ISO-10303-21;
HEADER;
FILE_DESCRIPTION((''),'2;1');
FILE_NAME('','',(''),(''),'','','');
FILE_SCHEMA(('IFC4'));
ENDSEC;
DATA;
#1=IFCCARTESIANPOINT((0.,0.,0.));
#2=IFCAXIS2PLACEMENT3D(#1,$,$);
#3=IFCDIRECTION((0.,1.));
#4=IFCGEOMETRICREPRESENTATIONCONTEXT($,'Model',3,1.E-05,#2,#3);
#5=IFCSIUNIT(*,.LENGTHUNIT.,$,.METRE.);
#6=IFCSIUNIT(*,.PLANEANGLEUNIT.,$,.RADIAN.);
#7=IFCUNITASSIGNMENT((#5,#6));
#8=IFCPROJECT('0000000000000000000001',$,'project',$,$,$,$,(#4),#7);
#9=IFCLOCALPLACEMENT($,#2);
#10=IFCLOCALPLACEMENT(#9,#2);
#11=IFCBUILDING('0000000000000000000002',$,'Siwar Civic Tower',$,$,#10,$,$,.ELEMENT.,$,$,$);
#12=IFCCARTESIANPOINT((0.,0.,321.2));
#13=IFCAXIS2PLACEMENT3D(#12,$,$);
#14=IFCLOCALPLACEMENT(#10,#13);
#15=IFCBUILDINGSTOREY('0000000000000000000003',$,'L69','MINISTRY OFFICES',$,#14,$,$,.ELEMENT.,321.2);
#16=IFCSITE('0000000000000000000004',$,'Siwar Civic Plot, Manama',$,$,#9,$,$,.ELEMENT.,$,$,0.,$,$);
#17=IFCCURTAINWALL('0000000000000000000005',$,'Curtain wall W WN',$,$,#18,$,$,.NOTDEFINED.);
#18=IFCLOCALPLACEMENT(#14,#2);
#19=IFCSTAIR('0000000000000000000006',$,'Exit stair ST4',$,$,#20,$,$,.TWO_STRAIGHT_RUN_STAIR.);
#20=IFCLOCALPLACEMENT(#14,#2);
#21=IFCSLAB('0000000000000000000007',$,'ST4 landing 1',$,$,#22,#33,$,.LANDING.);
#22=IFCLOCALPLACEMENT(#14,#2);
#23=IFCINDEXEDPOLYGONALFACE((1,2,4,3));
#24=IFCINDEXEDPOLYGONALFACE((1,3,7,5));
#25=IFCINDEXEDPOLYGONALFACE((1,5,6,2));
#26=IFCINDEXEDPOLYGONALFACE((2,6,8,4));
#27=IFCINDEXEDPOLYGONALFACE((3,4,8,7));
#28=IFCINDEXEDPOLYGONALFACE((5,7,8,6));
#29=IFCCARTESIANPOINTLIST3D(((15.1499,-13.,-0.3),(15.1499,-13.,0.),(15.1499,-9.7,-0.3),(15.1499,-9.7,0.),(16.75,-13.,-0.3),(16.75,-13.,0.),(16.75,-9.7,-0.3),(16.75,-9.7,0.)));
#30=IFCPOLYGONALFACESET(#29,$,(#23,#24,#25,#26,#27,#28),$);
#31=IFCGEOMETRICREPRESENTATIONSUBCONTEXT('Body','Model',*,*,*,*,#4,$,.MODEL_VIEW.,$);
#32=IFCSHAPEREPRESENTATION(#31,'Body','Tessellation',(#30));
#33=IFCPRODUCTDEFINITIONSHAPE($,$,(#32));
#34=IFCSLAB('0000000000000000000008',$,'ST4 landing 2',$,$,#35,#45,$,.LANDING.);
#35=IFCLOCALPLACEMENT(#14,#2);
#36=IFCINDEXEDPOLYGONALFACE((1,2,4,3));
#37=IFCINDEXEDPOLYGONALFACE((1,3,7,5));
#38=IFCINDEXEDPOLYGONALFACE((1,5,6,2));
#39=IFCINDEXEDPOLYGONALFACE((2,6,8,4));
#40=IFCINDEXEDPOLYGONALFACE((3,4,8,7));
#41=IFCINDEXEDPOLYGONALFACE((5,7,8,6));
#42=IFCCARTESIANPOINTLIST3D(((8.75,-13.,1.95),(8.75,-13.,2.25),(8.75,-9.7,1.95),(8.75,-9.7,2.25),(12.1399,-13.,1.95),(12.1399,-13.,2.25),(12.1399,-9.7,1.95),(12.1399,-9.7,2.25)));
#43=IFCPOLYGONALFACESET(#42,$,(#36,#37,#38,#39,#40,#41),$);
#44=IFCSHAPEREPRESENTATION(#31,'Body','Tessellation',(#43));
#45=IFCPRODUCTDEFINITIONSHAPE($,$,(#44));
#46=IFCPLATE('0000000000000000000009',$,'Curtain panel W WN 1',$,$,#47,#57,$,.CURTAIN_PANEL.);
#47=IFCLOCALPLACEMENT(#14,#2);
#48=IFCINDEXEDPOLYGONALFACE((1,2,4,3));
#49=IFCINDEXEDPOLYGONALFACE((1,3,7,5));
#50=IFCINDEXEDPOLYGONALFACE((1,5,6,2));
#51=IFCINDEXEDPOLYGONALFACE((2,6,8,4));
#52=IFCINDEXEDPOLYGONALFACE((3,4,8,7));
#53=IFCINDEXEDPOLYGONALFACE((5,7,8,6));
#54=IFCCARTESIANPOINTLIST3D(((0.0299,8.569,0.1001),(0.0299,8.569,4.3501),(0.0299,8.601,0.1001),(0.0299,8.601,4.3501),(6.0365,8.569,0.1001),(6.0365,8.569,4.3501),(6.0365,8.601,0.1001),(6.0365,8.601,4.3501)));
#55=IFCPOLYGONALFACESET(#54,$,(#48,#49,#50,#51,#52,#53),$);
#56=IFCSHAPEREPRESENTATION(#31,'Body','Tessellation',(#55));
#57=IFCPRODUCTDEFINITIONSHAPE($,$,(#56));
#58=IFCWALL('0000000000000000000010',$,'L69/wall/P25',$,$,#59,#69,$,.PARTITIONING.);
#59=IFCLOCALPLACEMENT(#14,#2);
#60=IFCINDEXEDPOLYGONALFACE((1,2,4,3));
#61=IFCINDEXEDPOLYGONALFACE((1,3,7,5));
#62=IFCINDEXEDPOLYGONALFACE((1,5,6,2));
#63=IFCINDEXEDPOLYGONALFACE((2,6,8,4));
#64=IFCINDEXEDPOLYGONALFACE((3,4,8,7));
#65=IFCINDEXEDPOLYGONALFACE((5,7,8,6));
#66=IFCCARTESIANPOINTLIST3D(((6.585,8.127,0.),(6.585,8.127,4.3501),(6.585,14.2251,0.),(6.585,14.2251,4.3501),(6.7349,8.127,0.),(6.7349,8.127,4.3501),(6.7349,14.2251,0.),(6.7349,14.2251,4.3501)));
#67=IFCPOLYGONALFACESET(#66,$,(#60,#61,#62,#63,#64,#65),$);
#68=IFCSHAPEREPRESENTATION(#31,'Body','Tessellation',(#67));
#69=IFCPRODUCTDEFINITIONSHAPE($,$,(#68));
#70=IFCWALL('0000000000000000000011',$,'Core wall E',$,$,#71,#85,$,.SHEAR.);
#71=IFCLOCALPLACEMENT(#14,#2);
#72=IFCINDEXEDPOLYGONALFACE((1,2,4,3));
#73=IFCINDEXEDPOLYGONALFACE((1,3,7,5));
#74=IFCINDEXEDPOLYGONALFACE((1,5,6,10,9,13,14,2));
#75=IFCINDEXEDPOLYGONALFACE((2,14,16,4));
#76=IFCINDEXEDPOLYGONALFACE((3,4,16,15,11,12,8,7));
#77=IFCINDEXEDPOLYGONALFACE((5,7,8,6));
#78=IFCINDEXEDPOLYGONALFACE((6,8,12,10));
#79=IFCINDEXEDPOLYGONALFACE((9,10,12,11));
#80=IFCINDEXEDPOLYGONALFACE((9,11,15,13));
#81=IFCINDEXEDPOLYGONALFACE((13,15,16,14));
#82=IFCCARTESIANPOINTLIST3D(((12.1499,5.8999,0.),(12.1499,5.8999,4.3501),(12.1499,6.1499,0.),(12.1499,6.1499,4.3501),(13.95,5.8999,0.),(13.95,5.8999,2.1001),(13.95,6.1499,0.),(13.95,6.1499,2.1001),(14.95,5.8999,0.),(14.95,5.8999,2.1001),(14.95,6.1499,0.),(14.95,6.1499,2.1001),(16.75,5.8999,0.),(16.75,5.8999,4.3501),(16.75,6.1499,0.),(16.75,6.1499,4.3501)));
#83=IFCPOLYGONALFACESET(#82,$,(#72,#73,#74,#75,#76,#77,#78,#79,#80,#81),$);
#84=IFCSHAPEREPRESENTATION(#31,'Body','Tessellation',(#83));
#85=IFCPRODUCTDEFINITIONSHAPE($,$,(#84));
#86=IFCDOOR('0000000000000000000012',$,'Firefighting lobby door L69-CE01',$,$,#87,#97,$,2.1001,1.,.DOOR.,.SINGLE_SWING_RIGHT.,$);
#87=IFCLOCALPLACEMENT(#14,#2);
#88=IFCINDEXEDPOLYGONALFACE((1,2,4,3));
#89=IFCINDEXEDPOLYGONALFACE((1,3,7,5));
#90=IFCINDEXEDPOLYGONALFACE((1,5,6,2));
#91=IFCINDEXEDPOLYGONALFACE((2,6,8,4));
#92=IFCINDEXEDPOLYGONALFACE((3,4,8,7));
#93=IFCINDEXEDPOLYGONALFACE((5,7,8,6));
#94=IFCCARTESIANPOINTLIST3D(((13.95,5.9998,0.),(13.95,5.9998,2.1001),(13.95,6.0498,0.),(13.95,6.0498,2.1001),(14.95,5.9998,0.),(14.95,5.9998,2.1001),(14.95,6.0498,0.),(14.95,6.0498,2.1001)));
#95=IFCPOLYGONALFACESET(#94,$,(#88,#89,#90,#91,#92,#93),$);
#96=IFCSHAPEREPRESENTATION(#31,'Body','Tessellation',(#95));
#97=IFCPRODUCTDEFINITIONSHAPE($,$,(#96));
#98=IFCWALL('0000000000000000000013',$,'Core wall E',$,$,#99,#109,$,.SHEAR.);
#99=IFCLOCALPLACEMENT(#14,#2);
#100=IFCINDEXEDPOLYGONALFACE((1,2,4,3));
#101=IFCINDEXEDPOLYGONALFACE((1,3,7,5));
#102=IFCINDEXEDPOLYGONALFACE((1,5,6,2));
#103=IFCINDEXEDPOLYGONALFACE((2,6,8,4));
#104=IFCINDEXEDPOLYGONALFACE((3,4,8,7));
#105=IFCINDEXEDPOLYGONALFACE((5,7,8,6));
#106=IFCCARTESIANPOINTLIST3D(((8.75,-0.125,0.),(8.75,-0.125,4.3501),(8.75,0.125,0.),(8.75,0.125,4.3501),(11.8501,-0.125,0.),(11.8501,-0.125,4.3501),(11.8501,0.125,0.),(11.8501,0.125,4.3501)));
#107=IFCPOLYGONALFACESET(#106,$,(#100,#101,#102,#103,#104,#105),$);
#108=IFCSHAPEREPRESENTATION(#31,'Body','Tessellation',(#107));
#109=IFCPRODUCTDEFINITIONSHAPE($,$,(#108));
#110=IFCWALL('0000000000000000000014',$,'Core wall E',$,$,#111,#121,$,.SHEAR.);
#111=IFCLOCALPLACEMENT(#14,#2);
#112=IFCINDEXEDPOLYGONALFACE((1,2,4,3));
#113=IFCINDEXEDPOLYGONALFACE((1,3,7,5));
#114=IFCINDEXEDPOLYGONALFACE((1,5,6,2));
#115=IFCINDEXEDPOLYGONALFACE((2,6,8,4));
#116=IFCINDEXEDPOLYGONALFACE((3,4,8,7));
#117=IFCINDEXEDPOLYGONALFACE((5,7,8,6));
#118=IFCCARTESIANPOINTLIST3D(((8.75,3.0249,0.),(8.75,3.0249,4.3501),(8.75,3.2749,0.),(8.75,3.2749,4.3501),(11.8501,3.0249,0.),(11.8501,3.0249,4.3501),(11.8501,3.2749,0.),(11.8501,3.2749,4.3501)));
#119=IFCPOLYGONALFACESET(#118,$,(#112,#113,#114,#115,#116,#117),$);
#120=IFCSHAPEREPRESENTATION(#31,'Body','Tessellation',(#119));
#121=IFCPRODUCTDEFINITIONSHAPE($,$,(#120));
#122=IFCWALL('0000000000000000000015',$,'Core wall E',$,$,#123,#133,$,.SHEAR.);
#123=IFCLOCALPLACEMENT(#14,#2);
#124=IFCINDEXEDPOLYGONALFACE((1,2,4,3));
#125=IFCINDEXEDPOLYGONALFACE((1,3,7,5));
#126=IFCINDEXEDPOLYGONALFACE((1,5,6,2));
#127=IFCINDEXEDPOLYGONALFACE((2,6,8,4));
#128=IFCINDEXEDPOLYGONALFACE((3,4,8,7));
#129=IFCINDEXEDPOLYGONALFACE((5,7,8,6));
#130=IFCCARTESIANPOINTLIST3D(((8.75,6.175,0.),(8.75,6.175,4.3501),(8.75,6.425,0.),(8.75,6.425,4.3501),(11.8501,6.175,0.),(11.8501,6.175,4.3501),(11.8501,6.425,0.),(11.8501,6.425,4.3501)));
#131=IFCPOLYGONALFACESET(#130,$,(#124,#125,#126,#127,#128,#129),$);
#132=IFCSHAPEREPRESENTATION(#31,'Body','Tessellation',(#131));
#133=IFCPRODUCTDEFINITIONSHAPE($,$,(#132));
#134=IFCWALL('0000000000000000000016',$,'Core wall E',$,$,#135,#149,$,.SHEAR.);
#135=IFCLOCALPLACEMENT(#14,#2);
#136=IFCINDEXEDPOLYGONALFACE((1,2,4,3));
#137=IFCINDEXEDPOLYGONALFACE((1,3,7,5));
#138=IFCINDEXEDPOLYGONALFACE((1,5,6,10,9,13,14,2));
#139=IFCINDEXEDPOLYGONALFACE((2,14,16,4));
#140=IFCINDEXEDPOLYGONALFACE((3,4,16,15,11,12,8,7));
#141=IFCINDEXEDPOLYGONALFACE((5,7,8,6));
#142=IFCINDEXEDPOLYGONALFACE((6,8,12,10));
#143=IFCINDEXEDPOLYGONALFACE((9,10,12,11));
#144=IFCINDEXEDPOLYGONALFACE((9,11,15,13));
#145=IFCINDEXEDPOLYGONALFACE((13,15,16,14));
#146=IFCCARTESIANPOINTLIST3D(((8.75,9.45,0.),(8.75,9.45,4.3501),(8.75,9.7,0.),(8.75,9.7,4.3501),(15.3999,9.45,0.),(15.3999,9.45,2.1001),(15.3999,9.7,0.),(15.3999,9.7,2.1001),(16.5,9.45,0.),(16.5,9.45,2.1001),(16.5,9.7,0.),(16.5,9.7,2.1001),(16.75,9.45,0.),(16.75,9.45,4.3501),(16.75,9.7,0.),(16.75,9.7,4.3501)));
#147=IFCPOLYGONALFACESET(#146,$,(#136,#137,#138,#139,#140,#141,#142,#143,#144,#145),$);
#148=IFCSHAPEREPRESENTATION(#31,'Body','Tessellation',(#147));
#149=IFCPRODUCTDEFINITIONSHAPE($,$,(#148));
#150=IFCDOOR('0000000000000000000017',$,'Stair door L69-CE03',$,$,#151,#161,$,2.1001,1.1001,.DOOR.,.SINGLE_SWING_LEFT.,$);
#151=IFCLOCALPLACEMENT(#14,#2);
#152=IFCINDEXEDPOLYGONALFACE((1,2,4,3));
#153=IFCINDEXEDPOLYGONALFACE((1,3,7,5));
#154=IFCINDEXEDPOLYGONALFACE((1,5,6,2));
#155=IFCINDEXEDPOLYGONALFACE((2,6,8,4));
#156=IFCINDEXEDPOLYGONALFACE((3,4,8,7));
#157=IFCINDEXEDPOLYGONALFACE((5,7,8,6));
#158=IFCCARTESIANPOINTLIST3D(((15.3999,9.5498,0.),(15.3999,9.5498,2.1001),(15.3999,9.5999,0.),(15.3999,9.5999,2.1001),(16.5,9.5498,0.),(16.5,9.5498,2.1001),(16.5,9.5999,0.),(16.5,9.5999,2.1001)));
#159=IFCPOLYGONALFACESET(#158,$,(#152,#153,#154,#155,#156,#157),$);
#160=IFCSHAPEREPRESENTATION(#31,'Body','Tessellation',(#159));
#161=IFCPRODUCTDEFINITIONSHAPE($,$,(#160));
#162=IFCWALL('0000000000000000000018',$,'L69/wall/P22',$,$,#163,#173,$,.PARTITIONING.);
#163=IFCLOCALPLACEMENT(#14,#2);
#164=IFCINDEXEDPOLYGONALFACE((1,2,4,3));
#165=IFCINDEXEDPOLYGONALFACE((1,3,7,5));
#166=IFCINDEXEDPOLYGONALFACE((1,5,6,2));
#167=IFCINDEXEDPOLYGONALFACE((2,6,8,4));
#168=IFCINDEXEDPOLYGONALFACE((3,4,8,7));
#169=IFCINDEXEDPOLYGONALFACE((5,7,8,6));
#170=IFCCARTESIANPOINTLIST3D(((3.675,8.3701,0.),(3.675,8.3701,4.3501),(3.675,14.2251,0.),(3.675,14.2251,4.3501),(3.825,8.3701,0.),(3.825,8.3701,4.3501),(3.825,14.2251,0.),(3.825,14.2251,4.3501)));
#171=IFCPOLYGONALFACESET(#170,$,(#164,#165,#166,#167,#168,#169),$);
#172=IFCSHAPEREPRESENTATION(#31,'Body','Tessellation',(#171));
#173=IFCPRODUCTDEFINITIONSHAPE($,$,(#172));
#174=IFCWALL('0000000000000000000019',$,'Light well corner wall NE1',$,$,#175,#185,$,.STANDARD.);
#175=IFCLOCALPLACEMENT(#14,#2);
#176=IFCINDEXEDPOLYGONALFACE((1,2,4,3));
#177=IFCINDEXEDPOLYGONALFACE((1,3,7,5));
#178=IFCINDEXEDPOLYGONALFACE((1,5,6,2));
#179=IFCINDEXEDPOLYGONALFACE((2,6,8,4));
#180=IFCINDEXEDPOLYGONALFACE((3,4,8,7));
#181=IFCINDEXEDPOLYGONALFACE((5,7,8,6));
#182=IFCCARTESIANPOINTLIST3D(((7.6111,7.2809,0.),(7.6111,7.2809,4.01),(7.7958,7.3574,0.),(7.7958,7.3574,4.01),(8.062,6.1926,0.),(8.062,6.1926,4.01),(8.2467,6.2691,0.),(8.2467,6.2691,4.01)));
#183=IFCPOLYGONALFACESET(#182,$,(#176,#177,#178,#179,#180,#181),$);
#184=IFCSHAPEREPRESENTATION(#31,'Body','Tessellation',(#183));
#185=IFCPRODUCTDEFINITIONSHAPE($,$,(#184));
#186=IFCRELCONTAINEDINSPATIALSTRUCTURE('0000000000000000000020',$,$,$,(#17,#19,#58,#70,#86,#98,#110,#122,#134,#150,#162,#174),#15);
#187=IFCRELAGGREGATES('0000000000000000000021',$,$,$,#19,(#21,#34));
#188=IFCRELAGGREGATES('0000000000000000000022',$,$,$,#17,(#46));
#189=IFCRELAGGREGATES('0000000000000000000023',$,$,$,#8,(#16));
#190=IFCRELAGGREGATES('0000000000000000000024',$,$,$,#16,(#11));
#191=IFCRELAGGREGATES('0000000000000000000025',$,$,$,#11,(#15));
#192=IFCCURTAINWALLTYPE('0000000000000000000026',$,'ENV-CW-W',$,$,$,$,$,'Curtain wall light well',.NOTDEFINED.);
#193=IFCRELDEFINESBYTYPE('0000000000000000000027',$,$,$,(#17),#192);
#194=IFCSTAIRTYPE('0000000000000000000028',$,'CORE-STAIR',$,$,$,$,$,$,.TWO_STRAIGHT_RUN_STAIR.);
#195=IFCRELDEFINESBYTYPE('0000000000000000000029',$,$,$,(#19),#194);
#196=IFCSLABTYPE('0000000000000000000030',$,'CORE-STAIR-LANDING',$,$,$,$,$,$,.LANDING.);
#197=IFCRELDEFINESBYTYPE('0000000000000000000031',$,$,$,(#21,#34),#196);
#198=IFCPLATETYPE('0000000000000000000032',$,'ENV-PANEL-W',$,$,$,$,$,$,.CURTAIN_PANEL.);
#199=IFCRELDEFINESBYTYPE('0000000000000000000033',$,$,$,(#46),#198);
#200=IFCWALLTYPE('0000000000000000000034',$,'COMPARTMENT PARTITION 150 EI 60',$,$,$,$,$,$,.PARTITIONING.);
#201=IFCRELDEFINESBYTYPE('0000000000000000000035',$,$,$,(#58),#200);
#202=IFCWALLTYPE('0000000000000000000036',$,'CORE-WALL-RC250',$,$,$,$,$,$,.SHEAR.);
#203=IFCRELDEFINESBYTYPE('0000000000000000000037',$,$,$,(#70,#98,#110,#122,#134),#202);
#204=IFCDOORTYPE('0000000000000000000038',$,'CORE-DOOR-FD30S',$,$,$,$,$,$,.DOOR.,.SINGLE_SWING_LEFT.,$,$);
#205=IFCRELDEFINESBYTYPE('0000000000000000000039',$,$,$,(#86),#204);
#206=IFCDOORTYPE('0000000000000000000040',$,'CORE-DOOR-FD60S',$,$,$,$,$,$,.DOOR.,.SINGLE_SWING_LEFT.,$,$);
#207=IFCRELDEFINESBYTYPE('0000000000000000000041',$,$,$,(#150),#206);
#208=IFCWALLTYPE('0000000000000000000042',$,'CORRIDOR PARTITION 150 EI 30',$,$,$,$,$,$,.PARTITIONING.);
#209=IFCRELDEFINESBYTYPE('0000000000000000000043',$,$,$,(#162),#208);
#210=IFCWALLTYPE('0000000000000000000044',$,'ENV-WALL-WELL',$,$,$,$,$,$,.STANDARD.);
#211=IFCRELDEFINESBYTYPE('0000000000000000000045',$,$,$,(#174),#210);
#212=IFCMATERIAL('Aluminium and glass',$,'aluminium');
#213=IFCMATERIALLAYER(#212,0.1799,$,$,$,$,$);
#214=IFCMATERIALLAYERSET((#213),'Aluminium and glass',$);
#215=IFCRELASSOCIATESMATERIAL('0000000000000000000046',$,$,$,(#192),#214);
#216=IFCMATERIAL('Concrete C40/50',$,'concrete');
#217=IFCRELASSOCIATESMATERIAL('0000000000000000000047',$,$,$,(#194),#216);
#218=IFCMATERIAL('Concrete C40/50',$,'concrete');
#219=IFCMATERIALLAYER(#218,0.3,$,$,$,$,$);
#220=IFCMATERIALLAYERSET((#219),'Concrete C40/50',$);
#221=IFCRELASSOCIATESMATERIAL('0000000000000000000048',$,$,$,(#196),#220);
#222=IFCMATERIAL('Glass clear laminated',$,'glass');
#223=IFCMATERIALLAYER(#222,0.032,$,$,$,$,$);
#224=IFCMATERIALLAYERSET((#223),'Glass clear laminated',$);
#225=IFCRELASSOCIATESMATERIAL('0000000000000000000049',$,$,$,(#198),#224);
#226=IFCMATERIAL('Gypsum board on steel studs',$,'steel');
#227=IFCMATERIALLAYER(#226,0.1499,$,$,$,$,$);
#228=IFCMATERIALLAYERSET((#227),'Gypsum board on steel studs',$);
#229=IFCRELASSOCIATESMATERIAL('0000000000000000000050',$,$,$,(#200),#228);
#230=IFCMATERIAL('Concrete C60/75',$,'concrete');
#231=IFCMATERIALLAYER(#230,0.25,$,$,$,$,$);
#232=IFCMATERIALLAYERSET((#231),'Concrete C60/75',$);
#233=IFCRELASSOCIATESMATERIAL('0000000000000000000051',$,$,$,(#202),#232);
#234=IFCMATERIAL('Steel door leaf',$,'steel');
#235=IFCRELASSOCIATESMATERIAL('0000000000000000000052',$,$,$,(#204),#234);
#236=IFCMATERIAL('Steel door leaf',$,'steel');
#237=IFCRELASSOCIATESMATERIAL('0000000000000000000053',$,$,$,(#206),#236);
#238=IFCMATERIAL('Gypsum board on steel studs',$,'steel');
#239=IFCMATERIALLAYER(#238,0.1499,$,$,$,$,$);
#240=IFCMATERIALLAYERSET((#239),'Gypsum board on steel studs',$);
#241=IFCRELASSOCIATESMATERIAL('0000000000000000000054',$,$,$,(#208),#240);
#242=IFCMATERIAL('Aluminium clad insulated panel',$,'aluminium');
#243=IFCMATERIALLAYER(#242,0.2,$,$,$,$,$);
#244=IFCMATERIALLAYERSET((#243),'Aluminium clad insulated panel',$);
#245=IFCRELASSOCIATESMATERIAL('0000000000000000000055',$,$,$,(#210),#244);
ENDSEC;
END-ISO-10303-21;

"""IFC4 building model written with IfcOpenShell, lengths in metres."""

from ifc_helpers import new_model, si_unit, direction, frame, frame_2d, origin, origin_2d, place, context, subcontext, project, spatial, polyline, rectangle, outline, extrude, material, layer, layer_set, type_object, element, fill, aggregate, save


model = new_model("IFC4")

# Units and contexts
model_context = context("Model", 3, precision=1e-05, world=origin(), true_north=direction((0.0, 1.0)))
body_context = subcontext(model_context, "Body", "Model", "MODEL_VIEW")
ifc_project = project(units=[si_unit("LENGTHUNIT", "METRE"), si_unit("PLANEANGLEUNIT", "RADIAN")], contexts=[model_context])

# Site, building, storey
site_placement = place(None, origin())
site = spatial("IfcSite", under=ifc_project, at=site_placement, Name="Siwar Civic Plot, Manama", CompositionType="ELEMENT", RefElevation=0.0)
building_placement = place(site_placement, origin())
building = spatial("IfcBuilding", under=site, at=building_placement, Name="Siwar Civic Tower", CompositionType="ELEMENT")
storey_placement = place(building_placement, frame((0.0, 0.0, 321.2)))
storey = spatial("IfcBuildingStorey", under=building, at=storey_placement, Name="L69", Description="MINISTRY OFFICES", CompositionType="ELEMENT", Elevation=321.2)

# Curtain wall
ifc_material_1 = material(Name="Aluminium and glass", Category="aluminium")
ifc_layer_1 = layer(ifc_material_1, 0.1799)
ifc_layer_set_1 = layer_set([ifc_layer_1], Name="Aluminium and glass")
curtain_wall_type = type_object("IfcCurtainWallType", Name="ENV-CW-W", ElementType="Curtain wall light well", PredefinedType="NOTDEFINED", material=ifc_layer_set_1)
curtain_wall_placement = place(storey_placement, origin())
curtain_wall = element("IfcCurtainWall", 1, at=curtain_wall_placement, inside=storey, type_object=curtain_wall_type, Name="Curtain wall W WN", PredefinedType="NOTDEFINED")

# Stair, slabs
ifc_material_2 = material(Name="Concrete C40/50", Category="concrete")
stair_type = type_object("IfcStairType", Name="CORE-STAIR", PredefinedType="TWO_STRAIGHT_RUN_STAIR", material=ifc_material_2)
stair_placement = place(storey_placement, origin())
stair = element("IfcStair", 2, at=stair_placement, inside=storey, type_object=stair_type, Name="Exit stair ST4", PredefinedType="TWO_STRAIGHT_RUN_STAIR")
ifc_material_3 = material(Name="Concrete C40/50", Category="concrete")
ifc_layer_2 = layer(ifc_material_3, 0.3)
ifc_layer_set_2 = layer_set([ifc_layer_2], Name="Concrete C40/50")
slab_type = type_object("IfcSlabType", Name="CORE-STAIR-LANDING", PredefinedType="LANDING", material=ifc_layer_set_2)
slab_1_placement = place(storey_placement, frame((0.0, 0.0, -0.3)))
slab_1 = element("IfcSlab", 3, at=slab_1_placement, type_object=slab_type, Name="ST4 landing 1", PredefinedType="LANDING", context=body_context, shape_type="SweptSolid", body=[
    extrude(outline(polyline([(15.1499, -13.0), (16.75, -13.0), (16.75, -9.7), (15.1499, -9.7), (15.1499, -13.0)])), origin(), (0.0, 0.0, 1.0), 0.3),
])
slab_2_placement = place(storey_placement, frame((0.0, 0.0, 1.95)))
slab_2 = element("IfcSlab", 4, at=slab_2_placement, type_object=slab_type, Name="ST4 landing 2", PredefinedType="LANDING", context=body_context, shape_type="SweptSolid", body=[
    extrude(outline(polyline([(8.75, -13.0), (12.1399, -13.0), (12.1399, -9.7), (8.75, -9.7), (8.75, -13.0)])), origin(), (0.0, 0.0, 1.0), 0.3),
])
aggregate(stair, [slab_1, slab_2])

# Plate
ifc_material_4 = material(Name="Glass clear laminated", Category="glass")
ifc_layer_3 = layer(ifc_material_4, 0.032)
ifc_layer_set_3 = layer_set([ifc_layer_3], Name="Glass clear laminated")
plate_type = type_object("IfcPlateType", Name="ENV-PANEL-W", PredefinedType="CURTAIN_PANEL", material=ifc_layer_set_3)
plate_placement = place(storey_placement, frame((3.0332, 8.585, 0.1001), z_axis=(0.0, 0.0, 1.0), x_axis=(-1.0, 0.0, 0.0)))
plate = element("IfcPlate", 5, at=plate_placement, type_object=plate_type, Name="Curtain panel W WN 1", PredefinedType="CURTAIN_PANEL", context=body_context, shape_type="SweptSolid", body=[
    extrude(rectangle(XDim=6.0066, YDim=0.032, at=origin_2d()), origin(), (0.0, 0.0, 1.0), 4.25),
])
aggregate(curtain_wall, [plate])

# Wall
ifc_material_5 = material(Name="Gypsum board on steel studs", Category="steel")
ifc_layer_4 = layer(ifc_material_5, 0.1499)
ifc_layer_set_4 = layer_set([ifc_layer_4], Name="Gypsum board on steel studs")
wall_type_1 = type_object("IfcWallType", Name="COMPARTMENT PARTITION 150 EI 60", PredefinedType="PARTITIONING", material=ifc_layer_set_4)
wall_1_placement = place(storey_placement, frame((6.6599, 8.127, 0.0), z_axis=(0.0, 0.0, 1.0), x_axis=(0.0, 1.0, 0.0)))
element("IfcWall", 6, at=wall_1_placement, inside=storey, type_object=wall_type_1, Name="L69/wall/P25", PredefinedType="PARTITIONING", context=body_context, shape_type="SweptSolid", body=[
    extrude(rectangle(XDim=6.0981, YDim=0.1499, at=frame_2d((3.0491, 0.0))), origin(), (0.0, 0.0, 1.0), 4.3501),
])

# Wall, opening, door
ifc_material_6 = material(Name="Concrete C60/75", Category="concrete")
ifc_layer_5 = layer(ifc_material_6, 0.25)
ifc_layer_set_5 = layer_set([ifc_layer_5], Name="Concrete C60/75")
wall_type_2 = type_object("IfcWallType", Name="CORE-WALL-RC250", PredefinedType="SHEAR", material=ifc_layer_set_5)
wall_2_placement = place(storey_placement, frame((12.1499, 6.0249, 0.0), z_axis=(0.0, 0.0, 1.0), x_axis=(1.0, 0.0, 0.0)))
wall_2 = element("IfcWall", 7, at=wall_2_placement, inside=storey, type_object=wall_type_2, Name="Core wall E", PredefinedType="SHEAR", context=body_context, shape_type="SweptSolid", body=[
    extrude(rectangle(XDim=4.6001, YDim=0.25, at=frame_2d((2.3, 0.0))), origin(), (0.0, 0.0, 1.0), 4.3501),
])
opening_1_placement = place(wall_2_placement, frame((1.8, 0.0, 0.0)))
opening_1 = element("IfcOpeningElement", 8, at=opening_1_placement, cuts=wall_2, PredefinedType="OPENING", context=body_context, shape_type="SweptSolid", body=[
    extrude(rectangle(XDim=1.0, YDim=2.1001, at=frame_2d((0.5, 1.05))), frame((0.0, 0.135, 0.0), z_axis=(0.0, -1.0, 0.0), x_axis=(1.0, 0.0, 0.0)), (0.0, 0.0, 1.0), 0.27),
])
ifc_material_7 = material(Name="Steel door leaf", Category="steel")
door_type_1 = type_object("IfcDoorType", Name="CORE-DOOR-FD30S", OperationType="SINGLE_SWING_LEFT", PredefinedType="DOOR", material=ifc_material_7)
door_1_placement = place(opening_1_placement, origin())
door_1 = element("IfcDoor", 9, at=door_1_placement, inside=storey, type_object=door_type_1, Name="Firefighting lobby door L69-CE01", OperationType="SINGLE_SWING_RIGHT", OverallHeight=2.1001, OverallWidth=1.0, PredefinedType="DOOR", context=body_context, shape_type="SweptSolid", body=[
    extrude(rectangle(XDim=1.0, YDim=2.1001, at=frame_2d((0.5, 1.05))), frame((0.0, 0.0249, 0.0), z_axis=(0.0, -1.0, 0.0), x_axis=(1.0, 0.0, 0.0)), (0.0, 0.0, 1.0), 0.05),
])
fill(opening_1, door_1)

# Walls
for number, where, z_axis, x_axis, name in (
    (10, (8.75, 0.0, 0.0), (0.0, 0.0, 1.0), (1.0, 0.0, 0.0), "Core wall E"),
    (11, (8.75, 3.1499, 0.0), (0.0, 0.0, 1.0), (1.0, 0.0, 0.0), "Core wall E"),
    (12, (8.75, 6.3, 0.0), (0.0, 0.0, 1.0), (1.0, 0.0, 0.0), "Core wall E"),
):
    element("IfcWall", number, at=place(storey_placement, frame(where, z_axis=z_axis, x_axis=x_axis)), inside=storey, type_object=wall_type_2, Name=name, PredefinedType="SHEAR", context=body_context, shape_type="SweptSolid", body=[
        extrude(rectangle(XDim=3.1001, YDim=0.25, at=frame_2d((1.55, 0.0))), origin(), (0.0, 0.0, 1.0), 4.3501),
    ])

# Wall, opening, door
wall_3_placement = place(storey_placement, frame((8.75, 9.575, 0.0), z_axis=(0.0, 0.0, 1.0), x_axis=(1.0, 0.0, 0.0)))
wall_3 = element("IfcWall", 13, at=wall_3_placement, inside=storey, type_object=wall_type_2, Name="Core wall E", PredefinedType="SHEAR", context=body_context, shape_type="SweptSolid", body=[
    extrude(rectangle(XDim=8.0, YDim=0.25, at=frame_2d((4.0, 0.0))), origin(), (0.0, 0.0, 1.0), 4.3501),
])
opening_2_placement = place(wall_3_placement, frame((6.6499, 0.0, 0.0)))
opening_2 = element("IfcOpeningElement", 14, at=opening_2_placement, cuts=wall_3, PredefinedType="OPENING", context=body_context, shape_type="SweptSolid", body=[
    extrude(rectangle(XDim=1.1001, YDim=2.1001, at=frame_2d((0.55, 1.05))), frame((0.0, 0.135, 0.0), z_axis=(0.0, -1.0, 0.0), x_axis=(1.0, 0.0, 0.0)), (0.0, 0.0, 1.0), 0.27),
])
ifc_material_8 = material(Name="Steel door leaf", Category="steel")
door_type_2 = type_object("IfcDoorType", Name="CORE-DOOR-FD60S", OperationType="SINGLE_SWING_LEFT", PredefinedType="DOOR", material=ifc_material_8)
door_2_placement = place(opening_2_placement, origin())
door_2 = element("IfcDoor", 15, at=door_2_placement, inside=storey, type_object=door_type_2, Name="Stair door L69-CE03", OperationType="SINGLE_SWING_LEFT", OverallHeight=2.1001, OverallWidth=1.1001, PredefinedType="DOOR", context=body_context, shape_type="SweptSolid", body=[
    extrude(rectangle(XDim=1.1001, YDim=2.1001, at=frame_2d((0.55, 1.05))), frame((0.0, 0.0249, 0.0), z_axis=(0.0, -1.0, 0.0), x_axis=(1.0, 0.0, 0.0)), (0.0, 0.0, 1.0), 0.05),
])
fill(opening_2, door_2)

# Walls
ifc_material_9 = material(Name="Gypsum board on steel studs", Category="steel")
ifc_layer_6 = layer(ifc_material_9, 0.1499)
ifc_layer_set_6 = layer_set([ifc_layer_6], Name="Gypsum board on steel studs")
wall_type_3 = type_object("IfcWallType", Name="CORRIDOR PARTITION 150 EI 30", PredefinedType="PARTITIONING", material=ifc_layer_set_6)
wall_4_placement = place(storey_placement, frame((3.75, 8.3701, 0.0), z_axis=(0.0, 0.0, 1.0), x_axis=(0.0, 1.0, 0.0)))
element("IfcWall", 16, at=wall_4_placement, inside=storey, type_object=wall_type_3, Name="L69/wall/P22", PredefinedType="PARTITIONING", context=body_context, shape_type="SweptSolid", body=[
    extrude(rectangle(XDim=5.855, YDim=0.1499, at=frame_2d((2.9275, 0.0))), origin(), (0.0, 0.0, 1.0), 4.3501),
])
ifc_material_10 = material(Name="Aluminium clad insulated panel", Category="aluminium")
ifc_layer_7 = layer(ifc_material_10, 0.2)
ifc_layer_set_7 = layer_set([ifc_layer_7], Name="Aluminium clad insulated panel")
wall_type_4 = type_object("IfcWallType", Name="ENV-WALL-WELL", PredefinedType="STANDARD", material=ifc_layer_set_7)
wall_5_placement = place(storey_placement, frame((8.1543, 6.231, 0.0), z_axis=(0.0, 0.0, 1.0), x_axis=(-0.382761, 0.923848, 0.0)))
element("IfcWall", 17, at=wall_5_placement, inside=storey, type_object=wall_type_4, Name="Light well corner wall NE1", PredefinedType="STANDARD", context=body_context, shape_type="SweptSolid", body=[
    extrude(rectangle(XDim=1.178, YDim=0.2, at=frame_2d((0.5889, 0.0))), origin(), (0.0, 0.0, 1.0), 4.01),
])

save(model, "model.ifc")
